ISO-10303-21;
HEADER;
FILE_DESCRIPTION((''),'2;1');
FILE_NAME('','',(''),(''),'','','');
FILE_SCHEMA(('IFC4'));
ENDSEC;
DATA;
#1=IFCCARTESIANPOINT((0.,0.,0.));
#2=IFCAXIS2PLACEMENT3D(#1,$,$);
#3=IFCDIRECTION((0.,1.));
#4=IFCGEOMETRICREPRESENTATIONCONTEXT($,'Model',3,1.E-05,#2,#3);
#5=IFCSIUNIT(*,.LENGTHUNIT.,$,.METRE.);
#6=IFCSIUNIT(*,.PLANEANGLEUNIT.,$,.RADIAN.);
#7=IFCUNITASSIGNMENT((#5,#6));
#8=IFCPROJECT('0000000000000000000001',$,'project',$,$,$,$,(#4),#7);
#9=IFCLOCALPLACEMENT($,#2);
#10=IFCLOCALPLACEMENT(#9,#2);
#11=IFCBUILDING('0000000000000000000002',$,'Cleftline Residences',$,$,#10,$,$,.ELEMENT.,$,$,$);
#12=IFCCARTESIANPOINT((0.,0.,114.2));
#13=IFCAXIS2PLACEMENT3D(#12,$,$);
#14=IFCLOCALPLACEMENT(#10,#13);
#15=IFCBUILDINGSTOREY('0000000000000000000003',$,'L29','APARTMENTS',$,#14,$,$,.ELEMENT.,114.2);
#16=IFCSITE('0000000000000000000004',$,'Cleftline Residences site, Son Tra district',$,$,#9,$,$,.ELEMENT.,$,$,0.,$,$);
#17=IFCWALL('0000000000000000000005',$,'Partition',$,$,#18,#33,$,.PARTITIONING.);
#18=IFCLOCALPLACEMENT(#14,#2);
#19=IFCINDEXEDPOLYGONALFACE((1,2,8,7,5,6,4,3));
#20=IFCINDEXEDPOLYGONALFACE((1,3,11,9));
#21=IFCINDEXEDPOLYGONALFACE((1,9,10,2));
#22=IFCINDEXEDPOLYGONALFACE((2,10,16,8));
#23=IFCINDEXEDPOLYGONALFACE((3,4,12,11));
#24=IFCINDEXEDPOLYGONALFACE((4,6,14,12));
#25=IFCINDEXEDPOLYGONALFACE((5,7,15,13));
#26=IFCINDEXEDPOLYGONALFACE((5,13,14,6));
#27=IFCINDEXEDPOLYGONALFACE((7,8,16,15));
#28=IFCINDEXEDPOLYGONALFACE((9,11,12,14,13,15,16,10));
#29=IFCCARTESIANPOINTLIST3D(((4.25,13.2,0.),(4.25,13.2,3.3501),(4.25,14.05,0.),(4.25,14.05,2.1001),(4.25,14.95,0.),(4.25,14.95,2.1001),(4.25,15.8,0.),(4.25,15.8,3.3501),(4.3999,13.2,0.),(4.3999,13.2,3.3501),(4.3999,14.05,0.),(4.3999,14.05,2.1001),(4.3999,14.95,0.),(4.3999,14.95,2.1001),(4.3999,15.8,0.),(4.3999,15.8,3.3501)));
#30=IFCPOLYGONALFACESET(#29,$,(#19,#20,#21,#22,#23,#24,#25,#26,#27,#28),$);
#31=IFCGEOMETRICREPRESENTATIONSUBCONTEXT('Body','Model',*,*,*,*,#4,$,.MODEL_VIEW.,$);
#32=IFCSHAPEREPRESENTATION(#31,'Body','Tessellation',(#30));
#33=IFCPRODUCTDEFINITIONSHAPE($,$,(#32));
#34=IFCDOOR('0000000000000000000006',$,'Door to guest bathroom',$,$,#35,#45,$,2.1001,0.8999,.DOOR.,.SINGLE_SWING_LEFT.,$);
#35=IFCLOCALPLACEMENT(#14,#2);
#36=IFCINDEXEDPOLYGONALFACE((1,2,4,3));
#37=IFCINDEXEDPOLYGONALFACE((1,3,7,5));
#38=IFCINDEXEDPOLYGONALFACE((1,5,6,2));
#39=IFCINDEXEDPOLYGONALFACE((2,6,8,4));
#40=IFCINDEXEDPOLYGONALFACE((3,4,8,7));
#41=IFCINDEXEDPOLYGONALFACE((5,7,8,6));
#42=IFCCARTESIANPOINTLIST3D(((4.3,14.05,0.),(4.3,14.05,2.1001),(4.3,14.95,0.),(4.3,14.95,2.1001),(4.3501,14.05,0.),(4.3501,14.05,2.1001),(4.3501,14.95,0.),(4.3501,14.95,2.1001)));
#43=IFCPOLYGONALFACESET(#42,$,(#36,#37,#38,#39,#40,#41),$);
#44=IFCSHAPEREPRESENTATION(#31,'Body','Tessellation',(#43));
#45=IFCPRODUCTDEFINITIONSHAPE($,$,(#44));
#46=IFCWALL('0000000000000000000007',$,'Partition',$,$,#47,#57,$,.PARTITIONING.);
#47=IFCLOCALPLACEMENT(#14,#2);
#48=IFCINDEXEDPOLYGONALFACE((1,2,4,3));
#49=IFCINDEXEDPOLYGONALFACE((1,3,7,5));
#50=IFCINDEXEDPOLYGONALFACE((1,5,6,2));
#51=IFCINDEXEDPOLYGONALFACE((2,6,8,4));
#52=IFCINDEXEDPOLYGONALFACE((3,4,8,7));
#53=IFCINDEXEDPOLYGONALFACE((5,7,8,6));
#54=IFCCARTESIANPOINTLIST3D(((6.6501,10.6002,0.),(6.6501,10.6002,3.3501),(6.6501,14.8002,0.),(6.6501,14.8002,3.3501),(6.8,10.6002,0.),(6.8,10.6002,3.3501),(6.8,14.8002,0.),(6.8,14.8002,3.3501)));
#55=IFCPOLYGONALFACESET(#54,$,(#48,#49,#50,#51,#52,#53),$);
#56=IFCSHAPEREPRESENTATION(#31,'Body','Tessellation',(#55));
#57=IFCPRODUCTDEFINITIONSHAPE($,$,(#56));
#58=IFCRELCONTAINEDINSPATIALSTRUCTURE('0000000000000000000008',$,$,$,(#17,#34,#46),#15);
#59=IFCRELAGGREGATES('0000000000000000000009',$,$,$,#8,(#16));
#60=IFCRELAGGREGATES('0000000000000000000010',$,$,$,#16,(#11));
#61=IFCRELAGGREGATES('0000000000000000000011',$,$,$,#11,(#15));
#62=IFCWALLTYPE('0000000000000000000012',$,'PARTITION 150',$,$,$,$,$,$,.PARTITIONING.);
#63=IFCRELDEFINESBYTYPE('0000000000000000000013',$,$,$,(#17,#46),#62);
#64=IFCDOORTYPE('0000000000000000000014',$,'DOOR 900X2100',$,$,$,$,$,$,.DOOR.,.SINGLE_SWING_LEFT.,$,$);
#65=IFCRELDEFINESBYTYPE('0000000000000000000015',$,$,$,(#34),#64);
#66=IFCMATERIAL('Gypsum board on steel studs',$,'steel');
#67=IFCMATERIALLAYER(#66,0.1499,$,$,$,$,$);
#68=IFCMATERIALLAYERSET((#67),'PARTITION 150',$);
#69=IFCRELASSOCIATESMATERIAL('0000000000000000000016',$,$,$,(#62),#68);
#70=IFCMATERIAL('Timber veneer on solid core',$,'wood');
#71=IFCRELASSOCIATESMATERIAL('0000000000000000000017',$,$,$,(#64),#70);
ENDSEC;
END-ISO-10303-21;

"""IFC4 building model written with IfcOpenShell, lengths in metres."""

from ifc_helpers import new_model, si_unit, direction, frame, frame_2d, origin, place, context, subcontext, project, spatial, rectangle, extrude, material, layer, layer_set, type_object, element, fill, save


model = new_model("IFC4")

# Units and contexts
model_context = context("Model", 3, precision=1e-05, world=origin(), true_north=direction((0.0, 1.0)))
body_context = subcontext(model_context, "Body", "Model", "MODEL_VIEW")
ifc_project = project(units=[si_unit("LENGTHUNIT", "METRE"), si_unit("PLANEANGLEUNIT", "RADIAN")], contexts=[model_context])

# Site, building, storey
site_placement = place(None, origin())
site = spatial("IfcSite", under=ifc_project, at=site_placement, Name="Cleftline Residences site, Son Tra district", CompositionType="ELEMENT", RefElevation=0.0)
building_placement = place(site_placement, origin())
building = spatial("IfcBuilding", under=site, at=building_placement, Name="Cleftline Residences", CompositionType="ELEMENT")
storey_placement = place(building_placement, frame((0.0, 0.0, 114.2)))
storey = spatial("IfcBuildingStorey", under=building, at=storey_placement, Name="L29", Description="APARTMENTS", CompositionType="ELEMENT", Elevation=114.2)

# Shared definitions
ifc_material_1 = material(Name="Gypsum board on steel studs", Category="steel")
ifc_layer = layer(ifc_material_1, 0.1499)
ifc_layer_set = layer_set([ifc_layer], Name="PARTITION 150")
wall_type = type_object("IfcWallType", Name="PARTITION 150", PredefinedType="PARTITIONING", material=ifc_layer_set)
ifc_material_2 = material(Name="Timber veneer on solid core", Category="wood")
door_type_1 = type_object("IfcDoorType", Name="DOOR 900X2100", OperationType="SINGLE_SWING_LEFT", PredefinedType="DOOR", material=ifc_material_2)

# Wall, opening, door
wall_1_placement = place(storey_placement, frame((4.325, 13.2, 0.0), z_axis=(0.0, 0.0, 1.0), x_axis=(0.0, 1.0, 0.0)))
wall_1 = element("IfcWall", 1, at=wall_1_placement, inside=storey, type_object=wall_type, Name="Partition", PredefinedType="PARTITIONING", context=body_context, shape_type="SweptSolid", body=[
    extrude(rectangle(XDim=2.6001, YDim=0.1499, at=frame_2d((1.3, 0.0))), origin(), (0.0, 0.0, 1.0), 3.3501),
])
opening_1_placement = place(wall_1_placement, frame((0.8501, 0.0, 0.0)))
opening_1 = element("IfcOpeningElement", 2, at=opening_1_placement, cuts=wall_1, PredefinedType="OPENING", context=body_context, shape_type="SweptSolid", body=[
    extrude(rectangle(XDim=0.8999, YDim=2.1001, at=frame_2d((0.45, 1.05))), frame((0.0, 0.085, 0.0), z_axis=(0.0, -1.0, 0.0), x_axis=(1.0, 0.0, 0.0)), (0.0, 0.0, 1.0), 0.1699),
])
door_1_placement = place(opening_1_placement, origin())
door_1 = element("IfcDoor", 3, at=door_1_placement, inside=storey, type_object=door_type_1, Name="Door to guest bathroom", OperationType="SINGLE_SWING_LEFT", OverallHeight=2.1001, OverallWidth=0.8999, PredefinedType="DOOR", context=body_context, shape_type="SweptSolid", body=[
    extrude(rectangle(XDim=0.8999, YDim=2.1001, at=frame_2d((0.45, 1.05))), frame((0.0, 0.0249, 0.0), z_axis=(0.0, -1.0, 0.0), x_axis=(1.0, 0.0, 0.0)), (0.0, 0.0, 1.0), 0.05),
])
fill(opening_1, door_1)

# Wall
wall_2_placement = place(storey_placement, frame((6.7251, 10.6001, 0.0), z_axis=(0.0, 0.0, 1.0), x_axis=(0.0, 1.0, 0.0)))
element("IfcWall", 4, at=wall_2_placement, inside=storey, type_object=wall_type, Name="Partition", PredefinedType="PARTITIONING", context=body_context, shape_type="SweptSolid", body=[
    extrude(rectangle(XDim=4.2, YDim=0.1499, at=frame_2d((2.1001, 0.0))), origin(), (0.0, 0.0, 1.0), 3.3501),
])

save(model, "model.ifc")
